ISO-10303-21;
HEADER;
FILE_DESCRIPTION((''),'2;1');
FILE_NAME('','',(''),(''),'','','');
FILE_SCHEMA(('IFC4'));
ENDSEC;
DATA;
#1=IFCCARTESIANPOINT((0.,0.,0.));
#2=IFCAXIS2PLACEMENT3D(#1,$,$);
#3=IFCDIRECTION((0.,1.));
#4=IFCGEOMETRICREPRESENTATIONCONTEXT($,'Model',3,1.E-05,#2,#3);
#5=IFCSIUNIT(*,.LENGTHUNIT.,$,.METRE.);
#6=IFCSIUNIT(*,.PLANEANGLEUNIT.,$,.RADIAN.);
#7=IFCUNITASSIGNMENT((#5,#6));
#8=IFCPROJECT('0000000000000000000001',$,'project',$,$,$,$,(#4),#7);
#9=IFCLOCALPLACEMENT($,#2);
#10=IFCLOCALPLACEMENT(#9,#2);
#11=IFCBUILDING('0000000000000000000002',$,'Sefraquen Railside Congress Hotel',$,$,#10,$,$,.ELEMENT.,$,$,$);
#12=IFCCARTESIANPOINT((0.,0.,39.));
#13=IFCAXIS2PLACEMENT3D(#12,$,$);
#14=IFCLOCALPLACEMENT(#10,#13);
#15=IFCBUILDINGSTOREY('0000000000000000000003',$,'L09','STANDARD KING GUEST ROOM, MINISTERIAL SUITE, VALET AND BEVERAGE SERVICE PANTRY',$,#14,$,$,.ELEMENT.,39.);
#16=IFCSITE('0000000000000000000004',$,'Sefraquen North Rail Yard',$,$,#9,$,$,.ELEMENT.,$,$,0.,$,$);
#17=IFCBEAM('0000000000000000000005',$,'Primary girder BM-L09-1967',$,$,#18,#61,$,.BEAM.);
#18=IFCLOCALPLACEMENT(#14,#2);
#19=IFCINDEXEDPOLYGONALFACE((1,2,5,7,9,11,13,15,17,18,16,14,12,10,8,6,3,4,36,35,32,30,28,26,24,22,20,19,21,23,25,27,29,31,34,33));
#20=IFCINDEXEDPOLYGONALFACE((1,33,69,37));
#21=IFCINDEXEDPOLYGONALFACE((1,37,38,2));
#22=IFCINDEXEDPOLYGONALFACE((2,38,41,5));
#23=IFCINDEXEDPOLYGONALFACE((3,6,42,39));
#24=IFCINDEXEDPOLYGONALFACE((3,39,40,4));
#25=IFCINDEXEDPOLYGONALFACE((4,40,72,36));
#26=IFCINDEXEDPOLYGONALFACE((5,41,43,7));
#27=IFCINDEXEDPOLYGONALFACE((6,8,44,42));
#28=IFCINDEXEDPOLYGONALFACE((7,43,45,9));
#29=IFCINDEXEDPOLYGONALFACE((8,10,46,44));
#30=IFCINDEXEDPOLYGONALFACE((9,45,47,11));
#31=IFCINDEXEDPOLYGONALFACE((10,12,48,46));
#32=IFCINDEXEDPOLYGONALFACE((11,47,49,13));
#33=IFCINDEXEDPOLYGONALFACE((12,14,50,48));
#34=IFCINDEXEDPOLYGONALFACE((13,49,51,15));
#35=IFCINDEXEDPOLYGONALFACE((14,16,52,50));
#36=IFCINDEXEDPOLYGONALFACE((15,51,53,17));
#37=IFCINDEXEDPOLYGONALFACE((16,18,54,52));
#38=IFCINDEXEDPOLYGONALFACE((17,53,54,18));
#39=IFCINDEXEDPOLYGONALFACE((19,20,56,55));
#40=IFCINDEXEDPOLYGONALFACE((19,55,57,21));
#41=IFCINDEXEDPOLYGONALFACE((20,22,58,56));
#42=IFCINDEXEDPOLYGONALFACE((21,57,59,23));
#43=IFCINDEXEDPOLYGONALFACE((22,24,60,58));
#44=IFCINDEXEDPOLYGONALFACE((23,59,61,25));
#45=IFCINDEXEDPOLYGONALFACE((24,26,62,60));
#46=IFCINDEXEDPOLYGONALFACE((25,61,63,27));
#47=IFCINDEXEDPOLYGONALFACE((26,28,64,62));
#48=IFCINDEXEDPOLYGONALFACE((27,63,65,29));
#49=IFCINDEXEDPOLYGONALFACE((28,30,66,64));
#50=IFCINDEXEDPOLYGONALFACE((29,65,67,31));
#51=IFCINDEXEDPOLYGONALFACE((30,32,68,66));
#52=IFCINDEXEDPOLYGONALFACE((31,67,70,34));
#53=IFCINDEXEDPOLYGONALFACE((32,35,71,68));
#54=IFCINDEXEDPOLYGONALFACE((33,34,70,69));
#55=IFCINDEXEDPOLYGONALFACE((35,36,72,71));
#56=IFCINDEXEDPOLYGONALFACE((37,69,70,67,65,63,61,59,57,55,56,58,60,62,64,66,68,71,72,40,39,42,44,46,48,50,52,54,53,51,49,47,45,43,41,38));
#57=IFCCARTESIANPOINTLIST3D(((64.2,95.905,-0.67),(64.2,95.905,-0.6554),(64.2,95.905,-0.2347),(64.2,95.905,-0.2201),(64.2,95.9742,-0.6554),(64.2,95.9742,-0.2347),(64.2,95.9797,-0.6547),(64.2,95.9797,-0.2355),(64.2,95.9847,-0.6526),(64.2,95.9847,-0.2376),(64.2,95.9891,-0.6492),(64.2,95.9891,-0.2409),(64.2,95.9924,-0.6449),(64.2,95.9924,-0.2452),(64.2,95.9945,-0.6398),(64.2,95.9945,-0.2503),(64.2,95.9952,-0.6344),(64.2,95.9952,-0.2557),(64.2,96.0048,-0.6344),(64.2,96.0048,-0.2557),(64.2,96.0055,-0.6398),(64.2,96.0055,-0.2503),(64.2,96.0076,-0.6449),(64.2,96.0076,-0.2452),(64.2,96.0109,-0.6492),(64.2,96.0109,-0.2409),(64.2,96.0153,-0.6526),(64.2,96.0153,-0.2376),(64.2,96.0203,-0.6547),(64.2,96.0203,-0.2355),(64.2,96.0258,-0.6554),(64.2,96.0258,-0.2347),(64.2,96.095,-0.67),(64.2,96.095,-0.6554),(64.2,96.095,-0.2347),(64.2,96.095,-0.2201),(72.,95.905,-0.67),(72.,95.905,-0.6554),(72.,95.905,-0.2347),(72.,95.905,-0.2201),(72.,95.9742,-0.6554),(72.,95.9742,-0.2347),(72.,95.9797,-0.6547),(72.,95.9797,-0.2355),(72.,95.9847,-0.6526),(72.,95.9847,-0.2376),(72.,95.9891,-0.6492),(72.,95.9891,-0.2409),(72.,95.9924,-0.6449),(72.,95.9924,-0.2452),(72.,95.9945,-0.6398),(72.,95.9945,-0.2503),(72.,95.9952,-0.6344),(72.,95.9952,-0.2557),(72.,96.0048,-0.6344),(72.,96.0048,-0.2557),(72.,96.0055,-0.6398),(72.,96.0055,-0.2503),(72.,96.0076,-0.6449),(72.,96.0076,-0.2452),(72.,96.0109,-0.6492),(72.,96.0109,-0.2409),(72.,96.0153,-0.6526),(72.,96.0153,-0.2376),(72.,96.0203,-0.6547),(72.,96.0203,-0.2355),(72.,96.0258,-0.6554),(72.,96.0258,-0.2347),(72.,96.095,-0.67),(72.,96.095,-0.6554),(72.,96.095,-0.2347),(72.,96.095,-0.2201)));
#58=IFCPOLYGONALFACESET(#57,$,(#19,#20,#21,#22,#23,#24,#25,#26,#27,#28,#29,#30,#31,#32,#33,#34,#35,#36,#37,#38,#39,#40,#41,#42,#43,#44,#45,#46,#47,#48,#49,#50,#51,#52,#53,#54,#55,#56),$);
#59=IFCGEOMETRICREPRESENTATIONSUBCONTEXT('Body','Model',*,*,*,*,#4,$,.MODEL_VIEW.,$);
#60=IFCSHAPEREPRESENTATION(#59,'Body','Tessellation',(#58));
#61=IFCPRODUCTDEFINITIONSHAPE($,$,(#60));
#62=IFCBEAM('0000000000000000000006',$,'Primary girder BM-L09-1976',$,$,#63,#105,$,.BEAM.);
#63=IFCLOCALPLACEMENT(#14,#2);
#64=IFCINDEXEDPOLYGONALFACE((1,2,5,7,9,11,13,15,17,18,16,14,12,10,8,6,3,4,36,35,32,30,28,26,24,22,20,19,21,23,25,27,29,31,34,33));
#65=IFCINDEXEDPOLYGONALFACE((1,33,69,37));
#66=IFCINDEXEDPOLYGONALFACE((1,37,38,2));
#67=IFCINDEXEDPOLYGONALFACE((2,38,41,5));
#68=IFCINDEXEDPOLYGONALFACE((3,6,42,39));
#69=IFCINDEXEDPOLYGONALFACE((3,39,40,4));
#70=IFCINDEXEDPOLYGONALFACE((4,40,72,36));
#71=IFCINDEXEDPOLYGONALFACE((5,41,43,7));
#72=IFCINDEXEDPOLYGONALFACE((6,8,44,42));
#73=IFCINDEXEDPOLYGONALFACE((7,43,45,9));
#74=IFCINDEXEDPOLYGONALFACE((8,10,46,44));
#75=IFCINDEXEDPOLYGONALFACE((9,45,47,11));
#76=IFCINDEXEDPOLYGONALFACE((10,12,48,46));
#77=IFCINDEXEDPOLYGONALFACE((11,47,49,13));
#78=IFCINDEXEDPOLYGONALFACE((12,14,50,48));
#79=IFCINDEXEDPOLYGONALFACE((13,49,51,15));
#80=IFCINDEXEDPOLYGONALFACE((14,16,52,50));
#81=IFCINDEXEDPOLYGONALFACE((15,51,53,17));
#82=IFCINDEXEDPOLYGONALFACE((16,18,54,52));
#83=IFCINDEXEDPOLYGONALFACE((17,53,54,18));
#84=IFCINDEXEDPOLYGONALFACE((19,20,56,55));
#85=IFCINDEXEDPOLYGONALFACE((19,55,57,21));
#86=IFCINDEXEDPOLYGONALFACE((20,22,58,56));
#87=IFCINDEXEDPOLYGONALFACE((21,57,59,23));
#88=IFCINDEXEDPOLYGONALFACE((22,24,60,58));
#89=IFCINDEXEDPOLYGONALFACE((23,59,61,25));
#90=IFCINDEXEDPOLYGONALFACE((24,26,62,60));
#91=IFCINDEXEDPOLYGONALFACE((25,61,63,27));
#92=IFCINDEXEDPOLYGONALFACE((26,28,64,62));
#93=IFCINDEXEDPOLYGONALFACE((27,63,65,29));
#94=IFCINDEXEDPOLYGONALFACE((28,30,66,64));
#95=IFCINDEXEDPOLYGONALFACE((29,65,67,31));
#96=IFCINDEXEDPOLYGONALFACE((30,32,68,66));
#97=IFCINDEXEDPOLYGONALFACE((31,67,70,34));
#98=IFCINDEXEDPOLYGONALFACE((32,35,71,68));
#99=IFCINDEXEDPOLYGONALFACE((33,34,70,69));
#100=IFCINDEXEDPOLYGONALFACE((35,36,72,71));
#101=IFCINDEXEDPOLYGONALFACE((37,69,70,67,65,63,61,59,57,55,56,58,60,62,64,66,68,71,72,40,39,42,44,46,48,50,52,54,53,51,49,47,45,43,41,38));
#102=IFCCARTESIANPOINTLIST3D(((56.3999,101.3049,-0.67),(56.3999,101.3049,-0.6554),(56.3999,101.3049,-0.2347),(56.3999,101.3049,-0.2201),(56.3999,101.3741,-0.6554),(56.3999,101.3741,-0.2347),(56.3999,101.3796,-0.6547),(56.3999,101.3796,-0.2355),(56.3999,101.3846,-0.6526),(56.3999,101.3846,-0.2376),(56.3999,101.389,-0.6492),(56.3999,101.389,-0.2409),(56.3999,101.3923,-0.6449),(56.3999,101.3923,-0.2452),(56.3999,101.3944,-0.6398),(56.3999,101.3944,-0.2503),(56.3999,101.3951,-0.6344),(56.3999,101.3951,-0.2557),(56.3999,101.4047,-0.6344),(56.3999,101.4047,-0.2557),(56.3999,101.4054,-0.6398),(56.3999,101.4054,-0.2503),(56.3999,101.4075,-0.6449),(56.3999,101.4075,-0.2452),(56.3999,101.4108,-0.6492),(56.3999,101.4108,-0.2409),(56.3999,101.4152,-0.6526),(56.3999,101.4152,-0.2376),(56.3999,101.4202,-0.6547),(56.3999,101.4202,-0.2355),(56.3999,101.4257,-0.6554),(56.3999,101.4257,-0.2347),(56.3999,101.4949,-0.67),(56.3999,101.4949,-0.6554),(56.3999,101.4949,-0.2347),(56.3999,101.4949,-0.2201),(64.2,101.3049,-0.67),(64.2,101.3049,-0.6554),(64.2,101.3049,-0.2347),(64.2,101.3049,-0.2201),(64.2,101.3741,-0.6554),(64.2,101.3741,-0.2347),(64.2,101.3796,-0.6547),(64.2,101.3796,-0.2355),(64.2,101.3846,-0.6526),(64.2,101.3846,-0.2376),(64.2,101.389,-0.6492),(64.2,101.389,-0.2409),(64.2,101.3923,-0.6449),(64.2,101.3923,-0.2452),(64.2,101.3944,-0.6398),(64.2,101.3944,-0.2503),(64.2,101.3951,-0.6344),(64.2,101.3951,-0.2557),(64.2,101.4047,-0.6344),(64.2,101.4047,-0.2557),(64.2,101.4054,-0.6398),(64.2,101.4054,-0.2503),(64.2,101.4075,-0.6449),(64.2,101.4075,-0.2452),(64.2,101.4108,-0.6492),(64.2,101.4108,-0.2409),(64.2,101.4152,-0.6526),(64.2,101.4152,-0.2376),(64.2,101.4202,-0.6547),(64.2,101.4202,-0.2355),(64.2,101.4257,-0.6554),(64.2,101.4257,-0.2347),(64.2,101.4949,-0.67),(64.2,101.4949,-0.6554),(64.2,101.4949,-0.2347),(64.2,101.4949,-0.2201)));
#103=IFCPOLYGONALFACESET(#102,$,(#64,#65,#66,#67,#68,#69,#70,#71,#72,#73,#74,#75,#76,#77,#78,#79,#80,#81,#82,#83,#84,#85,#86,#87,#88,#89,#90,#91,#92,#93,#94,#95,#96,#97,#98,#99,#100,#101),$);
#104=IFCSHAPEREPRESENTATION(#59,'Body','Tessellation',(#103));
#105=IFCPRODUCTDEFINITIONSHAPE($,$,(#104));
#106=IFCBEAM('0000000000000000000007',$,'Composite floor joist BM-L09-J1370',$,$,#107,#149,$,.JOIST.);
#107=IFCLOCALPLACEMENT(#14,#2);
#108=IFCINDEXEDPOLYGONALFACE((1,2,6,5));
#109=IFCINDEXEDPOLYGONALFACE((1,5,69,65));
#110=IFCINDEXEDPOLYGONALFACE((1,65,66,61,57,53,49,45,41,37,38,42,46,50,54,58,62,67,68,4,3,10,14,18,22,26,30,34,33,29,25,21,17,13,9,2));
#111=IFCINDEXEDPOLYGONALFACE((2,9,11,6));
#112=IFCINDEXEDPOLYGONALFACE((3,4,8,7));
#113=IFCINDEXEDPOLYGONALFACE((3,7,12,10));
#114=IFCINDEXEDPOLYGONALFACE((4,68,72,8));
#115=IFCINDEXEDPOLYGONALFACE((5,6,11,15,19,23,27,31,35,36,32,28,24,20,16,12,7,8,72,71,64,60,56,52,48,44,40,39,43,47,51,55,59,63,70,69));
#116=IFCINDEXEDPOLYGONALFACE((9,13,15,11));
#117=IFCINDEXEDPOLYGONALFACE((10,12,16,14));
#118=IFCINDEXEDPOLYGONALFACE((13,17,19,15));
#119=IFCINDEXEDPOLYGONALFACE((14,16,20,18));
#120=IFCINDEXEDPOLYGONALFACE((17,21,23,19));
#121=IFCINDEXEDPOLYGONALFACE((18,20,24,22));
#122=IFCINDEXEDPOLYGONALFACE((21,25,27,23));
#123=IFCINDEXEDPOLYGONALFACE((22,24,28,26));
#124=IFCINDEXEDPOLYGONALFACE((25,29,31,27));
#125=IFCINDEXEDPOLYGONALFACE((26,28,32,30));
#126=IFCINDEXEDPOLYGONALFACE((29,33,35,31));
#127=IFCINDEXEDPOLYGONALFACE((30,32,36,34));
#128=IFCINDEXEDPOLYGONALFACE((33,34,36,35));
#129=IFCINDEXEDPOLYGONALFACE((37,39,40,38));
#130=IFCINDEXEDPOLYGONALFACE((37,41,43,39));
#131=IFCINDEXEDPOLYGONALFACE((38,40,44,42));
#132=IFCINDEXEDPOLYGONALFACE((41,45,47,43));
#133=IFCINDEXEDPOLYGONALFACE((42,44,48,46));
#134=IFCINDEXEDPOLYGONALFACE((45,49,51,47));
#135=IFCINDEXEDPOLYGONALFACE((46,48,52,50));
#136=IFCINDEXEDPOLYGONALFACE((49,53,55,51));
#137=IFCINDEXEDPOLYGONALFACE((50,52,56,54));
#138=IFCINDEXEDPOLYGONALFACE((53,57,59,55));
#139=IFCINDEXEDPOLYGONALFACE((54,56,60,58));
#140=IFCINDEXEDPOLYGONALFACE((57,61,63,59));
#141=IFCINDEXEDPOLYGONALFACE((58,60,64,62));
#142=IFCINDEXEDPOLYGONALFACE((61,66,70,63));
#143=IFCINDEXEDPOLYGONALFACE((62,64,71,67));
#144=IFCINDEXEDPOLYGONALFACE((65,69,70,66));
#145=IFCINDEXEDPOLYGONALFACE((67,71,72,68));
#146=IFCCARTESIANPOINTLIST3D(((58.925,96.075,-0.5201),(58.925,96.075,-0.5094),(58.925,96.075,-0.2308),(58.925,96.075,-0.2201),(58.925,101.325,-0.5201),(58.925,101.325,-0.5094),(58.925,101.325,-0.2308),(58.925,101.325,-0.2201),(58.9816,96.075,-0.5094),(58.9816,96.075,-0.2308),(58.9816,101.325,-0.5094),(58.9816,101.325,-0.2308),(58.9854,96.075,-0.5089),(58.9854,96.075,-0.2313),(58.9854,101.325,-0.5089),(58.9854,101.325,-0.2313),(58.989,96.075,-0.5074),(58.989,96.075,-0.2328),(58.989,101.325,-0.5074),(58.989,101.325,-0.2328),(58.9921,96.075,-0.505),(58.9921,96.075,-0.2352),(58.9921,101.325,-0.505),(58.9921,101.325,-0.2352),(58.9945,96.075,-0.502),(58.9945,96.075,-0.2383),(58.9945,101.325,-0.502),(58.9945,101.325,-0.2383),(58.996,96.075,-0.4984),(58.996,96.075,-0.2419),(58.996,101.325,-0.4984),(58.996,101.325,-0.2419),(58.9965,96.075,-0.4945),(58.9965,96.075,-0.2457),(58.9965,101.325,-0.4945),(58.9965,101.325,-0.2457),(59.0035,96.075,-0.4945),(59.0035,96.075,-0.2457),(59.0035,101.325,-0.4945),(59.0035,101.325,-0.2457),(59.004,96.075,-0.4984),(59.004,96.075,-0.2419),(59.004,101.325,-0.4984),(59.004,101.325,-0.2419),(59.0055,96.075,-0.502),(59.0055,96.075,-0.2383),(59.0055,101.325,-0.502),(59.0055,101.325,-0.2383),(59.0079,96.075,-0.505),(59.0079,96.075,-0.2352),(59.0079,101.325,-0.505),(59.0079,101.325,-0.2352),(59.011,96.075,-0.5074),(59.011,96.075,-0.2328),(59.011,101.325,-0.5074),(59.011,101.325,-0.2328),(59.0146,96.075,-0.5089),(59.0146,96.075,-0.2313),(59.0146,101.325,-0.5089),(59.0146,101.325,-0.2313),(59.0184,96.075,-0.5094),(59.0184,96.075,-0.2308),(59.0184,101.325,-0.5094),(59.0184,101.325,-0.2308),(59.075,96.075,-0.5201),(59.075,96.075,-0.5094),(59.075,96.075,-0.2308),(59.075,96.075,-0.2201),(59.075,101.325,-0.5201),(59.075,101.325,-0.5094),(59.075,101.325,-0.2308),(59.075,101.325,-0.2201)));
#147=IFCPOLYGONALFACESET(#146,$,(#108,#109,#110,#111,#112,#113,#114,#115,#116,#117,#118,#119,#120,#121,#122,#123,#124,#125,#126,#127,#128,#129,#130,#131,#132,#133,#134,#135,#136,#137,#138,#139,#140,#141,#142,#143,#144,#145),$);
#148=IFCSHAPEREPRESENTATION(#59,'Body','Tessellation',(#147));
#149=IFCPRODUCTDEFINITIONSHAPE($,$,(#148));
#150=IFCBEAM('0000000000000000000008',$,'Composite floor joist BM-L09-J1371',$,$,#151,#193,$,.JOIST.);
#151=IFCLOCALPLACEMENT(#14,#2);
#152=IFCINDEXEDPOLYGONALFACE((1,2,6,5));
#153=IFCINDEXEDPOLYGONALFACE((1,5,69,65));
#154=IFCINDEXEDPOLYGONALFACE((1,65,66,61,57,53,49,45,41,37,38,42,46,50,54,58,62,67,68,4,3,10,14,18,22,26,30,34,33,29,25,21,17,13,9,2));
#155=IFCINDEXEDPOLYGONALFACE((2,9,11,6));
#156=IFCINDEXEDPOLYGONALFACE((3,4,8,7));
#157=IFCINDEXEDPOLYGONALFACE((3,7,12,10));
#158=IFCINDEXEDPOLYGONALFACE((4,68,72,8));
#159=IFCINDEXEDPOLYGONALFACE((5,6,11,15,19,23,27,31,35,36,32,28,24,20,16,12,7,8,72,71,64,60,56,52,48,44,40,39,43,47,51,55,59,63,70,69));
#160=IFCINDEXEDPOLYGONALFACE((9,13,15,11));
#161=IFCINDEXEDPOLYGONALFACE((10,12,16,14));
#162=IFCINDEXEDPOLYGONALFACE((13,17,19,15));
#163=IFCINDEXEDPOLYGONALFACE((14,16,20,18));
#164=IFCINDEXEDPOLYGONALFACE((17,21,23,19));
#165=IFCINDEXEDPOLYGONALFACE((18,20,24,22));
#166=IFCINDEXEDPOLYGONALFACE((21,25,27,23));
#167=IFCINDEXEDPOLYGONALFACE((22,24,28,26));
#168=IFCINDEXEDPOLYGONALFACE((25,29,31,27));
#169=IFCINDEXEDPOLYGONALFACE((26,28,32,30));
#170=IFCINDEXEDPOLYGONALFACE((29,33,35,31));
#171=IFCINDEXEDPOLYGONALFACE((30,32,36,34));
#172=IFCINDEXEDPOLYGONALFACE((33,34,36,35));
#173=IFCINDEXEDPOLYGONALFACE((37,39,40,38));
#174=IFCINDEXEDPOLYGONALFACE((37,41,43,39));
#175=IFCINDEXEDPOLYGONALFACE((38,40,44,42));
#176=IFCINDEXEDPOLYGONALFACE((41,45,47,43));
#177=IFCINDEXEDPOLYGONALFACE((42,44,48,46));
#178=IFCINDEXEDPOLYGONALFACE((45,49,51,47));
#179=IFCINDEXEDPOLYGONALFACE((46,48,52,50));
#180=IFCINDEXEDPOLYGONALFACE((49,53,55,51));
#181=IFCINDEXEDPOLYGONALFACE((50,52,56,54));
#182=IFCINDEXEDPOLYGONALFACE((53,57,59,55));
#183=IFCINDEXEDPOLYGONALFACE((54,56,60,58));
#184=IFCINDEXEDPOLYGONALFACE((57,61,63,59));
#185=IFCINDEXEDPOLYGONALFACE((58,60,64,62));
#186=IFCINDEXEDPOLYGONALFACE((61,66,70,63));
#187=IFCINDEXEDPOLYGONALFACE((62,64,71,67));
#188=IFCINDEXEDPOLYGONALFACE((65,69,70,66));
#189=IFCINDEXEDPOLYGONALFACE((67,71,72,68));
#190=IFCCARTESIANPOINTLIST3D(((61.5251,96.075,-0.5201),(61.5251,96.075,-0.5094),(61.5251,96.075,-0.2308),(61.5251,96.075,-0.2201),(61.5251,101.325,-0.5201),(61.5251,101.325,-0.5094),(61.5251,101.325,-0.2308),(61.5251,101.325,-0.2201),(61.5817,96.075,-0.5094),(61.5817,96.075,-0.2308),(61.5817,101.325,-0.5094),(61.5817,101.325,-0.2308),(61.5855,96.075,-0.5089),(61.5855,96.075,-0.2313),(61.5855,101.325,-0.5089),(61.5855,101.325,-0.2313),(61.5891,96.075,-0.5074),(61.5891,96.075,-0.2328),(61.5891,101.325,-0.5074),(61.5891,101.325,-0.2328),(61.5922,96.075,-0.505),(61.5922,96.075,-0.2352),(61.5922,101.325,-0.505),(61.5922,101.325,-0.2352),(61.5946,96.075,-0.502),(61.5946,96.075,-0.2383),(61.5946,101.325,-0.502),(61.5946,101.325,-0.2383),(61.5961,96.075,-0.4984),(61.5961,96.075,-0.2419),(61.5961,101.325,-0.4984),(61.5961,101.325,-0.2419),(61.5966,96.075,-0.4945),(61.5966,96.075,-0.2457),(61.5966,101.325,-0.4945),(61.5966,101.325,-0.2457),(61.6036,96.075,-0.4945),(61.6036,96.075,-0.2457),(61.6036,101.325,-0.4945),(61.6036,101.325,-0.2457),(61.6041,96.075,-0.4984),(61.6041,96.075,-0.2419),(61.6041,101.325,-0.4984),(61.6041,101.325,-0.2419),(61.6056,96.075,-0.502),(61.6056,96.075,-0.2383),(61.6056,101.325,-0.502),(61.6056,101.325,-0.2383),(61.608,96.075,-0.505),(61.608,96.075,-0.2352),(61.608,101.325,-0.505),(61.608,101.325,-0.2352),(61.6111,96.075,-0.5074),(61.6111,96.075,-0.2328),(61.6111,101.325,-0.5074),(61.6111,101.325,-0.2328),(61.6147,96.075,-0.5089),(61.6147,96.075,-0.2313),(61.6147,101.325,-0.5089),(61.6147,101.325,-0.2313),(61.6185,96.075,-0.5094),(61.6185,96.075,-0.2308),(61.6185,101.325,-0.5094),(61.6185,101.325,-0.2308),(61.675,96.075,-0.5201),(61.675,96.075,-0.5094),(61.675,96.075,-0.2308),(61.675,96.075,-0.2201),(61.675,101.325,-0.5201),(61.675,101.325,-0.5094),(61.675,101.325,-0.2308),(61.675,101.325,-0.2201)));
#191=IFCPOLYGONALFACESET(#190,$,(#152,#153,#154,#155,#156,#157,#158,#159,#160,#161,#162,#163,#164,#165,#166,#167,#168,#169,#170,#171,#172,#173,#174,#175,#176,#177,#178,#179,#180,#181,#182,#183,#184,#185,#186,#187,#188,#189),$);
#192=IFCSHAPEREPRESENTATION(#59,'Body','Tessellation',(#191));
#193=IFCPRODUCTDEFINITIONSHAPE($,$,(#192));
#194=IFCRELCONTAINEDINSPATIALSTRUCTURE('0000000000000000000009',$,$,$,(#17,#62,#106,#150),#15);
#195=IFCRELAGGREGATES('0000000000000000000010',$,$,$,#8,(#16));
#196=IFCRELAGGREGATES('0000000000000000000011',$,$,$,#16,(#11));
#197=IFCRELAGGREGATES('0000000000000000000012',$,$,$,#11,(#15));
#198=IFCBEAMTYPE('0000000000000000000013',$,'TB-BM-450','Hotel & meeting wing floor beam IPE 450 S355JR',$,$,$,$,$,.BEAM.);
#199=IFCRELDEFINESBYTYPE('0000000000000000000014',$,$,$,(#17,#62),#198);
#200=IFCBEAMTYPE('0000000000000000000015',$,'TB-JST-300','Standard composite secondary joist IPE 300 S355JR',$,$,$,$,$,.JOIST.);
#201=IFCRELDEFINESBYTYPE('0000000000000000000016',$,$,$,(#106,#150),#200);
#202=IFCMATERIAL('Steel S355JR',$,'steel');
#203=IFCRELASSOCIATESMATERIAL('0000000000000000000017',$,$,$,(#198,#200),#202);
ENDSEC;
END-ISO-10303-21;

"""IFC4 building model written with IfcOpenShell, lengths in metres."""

from ifc_helpers import new_model, si_unit, direction, frame, origin, origin_2d, place, context, subcontext, project, spatial, i_section, extrude, material, material_profile, profile_set, type_object, element, save


model = new_model("IFC4")

# Units and contexts
model_context = context("Model", 3, precision=1e-05, world=origin(), true_north=direction((0.0, 1.0)))
body_context = subcontext(model_context, "Body", "Model", "MODEL_VIEW")
ifc_project = project(units=[si_unit("LENGTHUNIT", "METRE"), si_unit("PLANEANGLEUNIT", "RADIAN")], contexts=[model_context])

# Site, building, storey
site_placement = place(None, origin())
site = spatial("IfcSite", under=ifc_project, at=site_placement, Name="Sefraquen North Rail Yard", CompositionType="ELEMENT", RefElevation=0.0)
building_placement = place(site_placement, origin())
building = spatial("IfcBuilding", under=site, at=building_placement, Name="Sefraquen Railside Congress Hotel", CompositionType="ELEMENT")
storey_placement = place(building_placement, frame((0.0, 0.0, 39.0)))
storey = spatial("IfcBuildingStorey", under=building, at=storey_placement, Name="L09", Description="STANDARD KING GUEST ROOM, MINISTERIAL SUITE, VALET AND BEVERAGE SERVICE PANTRY", CompositionType="ELEMENT", Elevation=39.0)

# Shared definitions
ifc_material_1 = material(Name="Steel S355JR", Category="steel")

# Beams
ifc_material_profile_1 = material_profile(ifc_material_1, i_section(OverallWidth=0.1899, OverallDepth=0.45, WebThickness=0.0095, FlangeThickness=0.0146, FilletRadius=0.021, at=origin_2d()), Name="IPE 450")
ifc_profile_set_1 = profile_set([ifc_material_profile_1], Name="Steel S355JR")
beam_type_1 = type_object("IfcBeamType", Name="TB-BM-450", Description="Hotel & meeting wing floor beam IPE 450 S355JR", PredefinedType="BEAM", material=ifc_profile_set_1)
for number, where, z_axis, x_axis, name in (
    (1, (64.2, 96.0, -0.4451), (1.0, 0.0, 0.0), (0.0, 1.0, 0.0), "Primary girder BM-L09-1967"),
    (2, (56.3999, 101.3999, -0.4451), (1.0, 0.0, 0.0), (0.0, 1.0, 0.0), "Primary girder BM-L09-1976"),
):
    element("IfcBeam", number, at=place(storey_placement, frame(where, z_axis=z_axis, x_axis=x_axis)), inside=storey, type_object=beam_type_1, Name=name, PredefinedType="BEAM", context=body_context, shape_type="SweptSolid", body=[
        extrude(i_section(OverallWidth=0.1899, OverallDepth=0.45, WebThickness=0.0095, FlangeThickness=0.0146, FilletRadius=0.021, at=origin_2d()), origin(), (0.0, 0.0, 1.0), 7.8),
    ])
ifc_material_profile_2 = material_profile(ifc_material_1, i_section(OverallWidth=0.1499, OverallDepth=0.3, WebThickness=0.0071, FlangeThickness=0.0107, FilletRadius=0.0149, at=origin_2d()), Name="IPE 300")
ifc_profile_set_2 = profile_set([ifc_material_profile_2], Name="Steel S355JR")
beam_type_2 = type_object("IfcBeamType", Name="TB-JST-300", Description="Standard composite secondary joist IPE 300 S355JR", PredefinedType="JOIST", material=ifc_profile_set_2)
for number, where, z_axis, x_axis, name in (
    (3, (59.0, 96.075, -0.3701), (0.0, 1.0, 0.0), (-1.0, 0.0, 0.0), "Composite floor joist BM-L09-J1370"),
    (4, (61.6001, 96.075, -0.3701), (0.0, 1.0, 0.0), (-1.0, 0.0, 0.0), "Composite floor joist BM-L09-J1371"),
):
    element("IfcBeam", number, at=place(storey_placement, frame(where, z_axis=z_axis, x_axis=x_axis)), inside=storey, type_object=beam_type_2, Name=name, PredefinedType="JOIST", context=body_context, shape_type="SweptSolid", body=[
        extrude(i_section(OverallWidth=0.1499, OverallDepth=0.3, WebThickness=0.0071, FlangeThickness=0.0107, FilletRadius=0.0149, at=origin_2d()), origin(), (0.0, 0.0, 1.0), 5.25),
    ])

save(model, "model.ifc")
